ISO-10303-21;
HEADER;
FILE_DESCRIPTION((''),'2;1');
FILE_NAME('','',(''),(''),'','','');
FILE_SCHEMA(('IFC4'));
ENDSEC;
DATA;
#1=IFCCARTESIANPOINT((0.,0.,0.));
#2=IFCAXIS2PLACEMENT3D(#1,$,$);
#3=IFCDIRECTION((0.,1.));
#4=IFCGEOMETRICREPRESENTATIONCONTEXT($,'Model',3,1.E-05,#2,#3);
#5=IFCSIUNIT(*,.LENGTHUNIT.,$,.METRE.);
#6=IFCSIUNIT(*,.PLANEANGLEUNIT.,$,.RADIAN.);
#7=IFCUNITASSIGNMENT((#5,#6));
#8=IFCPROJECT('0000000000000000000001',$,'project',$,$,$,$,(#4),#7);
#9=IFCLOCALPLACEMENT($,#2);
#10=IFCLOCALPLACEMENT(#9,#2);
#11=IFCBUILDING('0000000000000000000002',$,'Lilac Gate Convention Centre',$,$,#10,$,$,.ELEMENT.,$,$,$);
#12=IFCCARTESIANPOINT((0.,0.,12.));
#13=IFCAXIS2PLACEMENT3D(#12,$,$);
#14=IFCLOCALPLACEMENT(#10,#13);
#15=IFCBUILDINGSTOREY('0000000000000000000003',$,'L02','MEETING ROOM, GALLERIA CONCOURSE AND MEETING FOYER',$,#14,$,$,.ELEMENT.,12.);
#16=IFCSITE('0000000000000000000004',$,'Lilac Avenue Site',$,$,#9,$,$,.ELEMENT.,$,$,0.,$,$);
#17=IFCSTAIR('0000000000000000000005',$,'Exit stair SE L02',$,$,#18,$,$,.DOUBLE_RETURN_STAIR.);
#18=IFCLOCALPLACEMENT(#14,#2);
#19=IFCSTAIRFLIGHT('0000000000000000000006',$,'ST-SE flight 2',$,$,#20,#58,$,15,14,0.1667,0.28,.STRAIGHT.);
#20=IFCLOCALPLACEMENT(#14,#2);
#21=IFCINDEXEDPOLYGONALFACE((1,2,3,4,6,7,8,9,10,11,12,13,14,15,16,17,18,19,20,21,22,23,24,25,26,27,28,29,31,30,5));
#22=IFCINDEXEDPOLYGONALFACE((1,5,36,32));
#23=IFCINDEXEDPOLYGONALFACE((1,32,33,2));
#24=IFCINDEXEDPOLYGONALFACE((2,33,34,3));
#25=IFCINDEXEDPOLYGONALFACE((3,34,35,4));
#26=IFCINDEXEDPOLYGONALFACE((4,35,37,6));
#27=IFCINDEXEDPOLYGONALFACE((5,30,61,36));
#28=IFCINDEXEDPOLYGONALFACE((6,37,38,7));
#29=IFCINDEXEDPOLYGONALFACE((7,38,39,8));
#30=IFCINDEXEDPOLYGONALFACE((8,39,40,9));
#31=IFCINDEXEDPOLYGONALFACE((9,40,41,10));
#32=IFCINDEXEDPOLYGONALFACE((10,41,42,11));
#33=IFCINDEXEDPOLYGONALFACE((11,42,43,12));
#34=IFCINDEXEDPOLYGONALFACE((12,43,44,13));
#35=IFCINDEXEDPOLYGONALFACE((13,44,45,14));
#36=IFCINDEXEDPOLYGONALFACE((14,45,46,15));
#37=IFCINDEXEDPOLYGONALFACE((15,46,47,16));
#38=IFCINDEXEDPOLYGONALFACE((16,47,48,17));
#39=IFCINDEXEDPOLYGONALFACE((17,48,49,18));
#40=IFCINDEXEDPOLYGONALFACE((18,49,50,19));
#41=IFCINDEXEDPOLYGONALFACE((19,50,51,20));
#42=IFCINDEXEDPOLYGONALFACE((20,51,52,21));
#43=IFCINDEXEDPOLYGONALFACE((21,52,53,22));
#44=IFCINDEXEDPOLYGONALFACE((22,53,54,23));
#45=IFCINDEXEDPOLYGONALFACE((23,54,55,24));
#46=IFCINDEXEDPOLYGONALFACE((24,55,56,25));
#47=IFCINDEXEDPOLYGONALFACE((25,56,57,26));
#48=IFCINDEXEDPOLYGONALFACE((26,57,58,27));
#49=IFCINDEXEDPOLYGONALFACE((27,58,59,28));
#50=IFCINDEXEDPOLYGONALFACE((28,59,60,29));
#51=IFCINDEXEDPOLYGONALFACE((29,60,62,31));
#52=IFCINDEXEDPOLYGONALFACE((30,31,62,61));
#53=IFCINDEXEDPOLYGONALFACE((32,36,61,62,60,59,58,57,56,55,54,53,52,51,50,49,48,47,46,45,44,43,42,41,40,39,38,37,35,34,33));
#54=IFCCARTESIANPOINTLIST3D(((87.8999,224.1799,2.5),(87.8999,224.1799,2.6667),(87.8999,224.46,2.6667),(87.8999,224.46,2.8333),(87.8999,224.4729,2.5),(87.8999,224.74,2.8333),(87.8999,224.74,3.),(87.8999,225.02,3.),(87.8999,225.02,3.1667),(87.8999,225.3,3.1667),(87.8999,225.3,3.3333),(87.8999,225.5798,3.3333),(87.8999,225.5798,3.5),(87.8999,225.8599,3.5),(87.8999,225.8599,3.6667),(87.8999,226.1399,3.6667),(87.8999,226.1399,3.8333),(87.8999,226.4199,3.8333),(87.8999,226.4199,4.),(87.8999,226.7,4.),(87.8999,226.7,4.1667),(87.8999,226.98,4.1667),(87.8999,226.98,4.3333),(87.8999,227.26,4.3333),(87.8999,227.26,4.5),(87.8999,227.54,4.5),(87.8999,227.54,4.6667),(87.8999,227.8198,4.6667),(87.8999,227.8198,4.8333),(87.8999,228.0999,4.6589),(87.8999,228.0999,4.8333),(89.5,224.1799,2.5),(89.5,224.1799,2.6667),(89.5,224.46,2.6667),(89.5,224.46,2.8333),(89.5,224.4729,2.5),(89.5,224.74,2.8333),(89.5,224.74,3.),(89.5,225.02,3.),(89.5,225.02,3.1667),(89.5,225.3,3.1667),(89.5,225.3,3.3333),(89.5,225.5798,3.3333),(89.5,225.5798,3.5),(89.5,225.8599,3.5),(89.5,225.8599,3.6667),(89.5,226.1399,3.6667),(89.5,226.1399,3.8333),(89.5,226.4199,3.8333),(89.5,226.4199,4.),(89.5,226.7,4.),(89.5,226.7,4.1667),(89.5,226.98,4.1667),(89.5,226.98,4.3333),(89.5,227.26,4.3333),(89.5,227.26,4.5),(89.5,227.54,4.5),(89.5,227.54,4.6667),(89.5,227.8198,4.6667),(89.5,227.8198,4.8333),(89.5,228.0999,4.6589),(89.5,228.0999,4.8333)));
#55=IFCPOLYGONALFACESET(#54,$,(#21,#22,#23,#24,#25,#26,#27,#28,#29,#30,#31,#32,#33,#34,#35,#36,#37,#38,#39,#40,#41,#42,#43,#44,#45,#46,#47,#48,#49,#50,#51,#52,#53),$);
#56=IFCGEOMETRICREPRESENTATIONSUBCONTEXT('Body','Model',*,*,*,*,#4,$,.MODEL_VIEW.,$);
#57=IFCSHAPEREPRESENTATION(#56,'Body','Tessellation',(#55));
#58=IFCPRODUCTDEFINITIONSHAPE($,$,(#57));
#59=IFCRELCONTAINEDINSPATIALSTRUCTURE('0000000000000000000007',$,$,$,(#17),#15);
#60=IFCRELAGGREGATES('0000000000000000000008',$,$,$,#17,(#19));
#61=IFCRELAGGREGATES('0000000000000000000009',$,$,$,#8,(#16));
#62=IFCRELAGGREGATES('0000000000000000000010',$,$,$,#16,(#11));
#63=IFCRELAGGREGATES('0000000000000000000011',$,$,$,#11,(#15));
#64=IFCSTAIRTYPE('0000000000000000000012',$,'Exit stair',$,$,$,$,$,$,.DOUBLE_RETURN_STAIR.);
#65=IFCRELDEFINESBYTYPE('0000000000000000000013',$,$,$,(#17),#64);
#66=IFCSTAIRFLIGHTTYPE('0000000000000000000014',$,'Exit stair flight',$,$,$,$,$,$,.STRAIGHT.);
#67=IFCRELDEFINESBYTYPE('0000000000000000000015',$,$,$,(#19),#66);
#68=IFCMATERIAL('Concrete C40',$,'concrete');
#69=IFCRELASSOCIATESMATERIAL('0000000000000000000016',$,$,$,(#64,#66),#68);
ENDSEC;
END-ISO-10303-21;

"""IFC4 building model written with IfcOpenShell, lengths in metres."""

from ifc_helpers import new_model, si_unit, direction, frame, origin, place, context, subcontext, project, spatial, polyline, outline, extrude, material, type_object, element, aggregate, save


model = new_model("IFC4")

# Units and contexts
model_context = context("Model", 3, precision=1e-05, world=origin(), true_north=direction((0.0, 1.0)))
body_context = subcontext(model_context, "Body", "Model", "MODEL_VIEW")
ifc_project = project(units=[si_unit("LENGTHUNIT", "METRE"), si_unit("PLANEANGLEUNIT", "RADIAN")], contexts=[model_context])

# Site, building, storey
site_placement = place(None, origin())
site = spatial("IfcSite", under=ifc_project, at=site_placement, Name="Lilac Avenue Site", CompositionType="ELEMENT", RefElevation=0.0)
building_placement = place(site_placement, origin())
building = spatial("IfcBuilding", under=site, at=building_placement, Name="Lilac Gate Convention Centre", CompositionType="ELEMENT")
storey_placement = place(building_placement, frame((0.0, 0.0, 12.0)))
storey = spatial("IfcBuildingStorey", under=building, at=storey_placement, Name="L02", Description="MEETING ROOM, GALLERIA CONCOURSE AND MEETING FOYER", CompositionType="ELEMENT", Elevation=12.0)

# Shared definitions
ifc_material_1 = material(Name="Concrete C40", Category="concrete")

# Stair, stair flight
stair_type = type_object("IfcStairType", Name="Exit stair", PredefinedType="DOUBLE_RETURN_STAIR", material=ifc_material_1)
stair_placement = place(storey_placement, origin())
stair = element("IfcStair", 1, at=stair_placement, inside=storey, type_object=stair_type, Name="Exit stair SE L02", PredefinedType="DOUBLE_RETURN_STAIR")
stair_flight_type = type_object("IfcStairFlightType", Name="Exit stair flight", PredefinedType="STRAIGHT", material=ifc_material_1)
stair_flight_1_placement = place(storey_placement, frame((88.7, 224.1799, 2.5), z_axis=(0.0, 0.0, 1.0), x_axis=(0.0, 1.0, 0.0)))
stair_flight_1 = element("IfcStairFlight", 2, at=stair_flight_1_placement, type_object=stair_flight_type, Name="ST-SE flight 2", NumberOfRisers=15, NumberOfTreads=14, PredefinedType="STRAIGHT", RiserHeight=0.1667, TreadLength=0.28, context=body_context, shape_type="SweptSolid", body=[
    extrude(outline(polyline([(0.0, 0.0), (0.0, 0.1667), (0.28, 0.1667), (0.28, 0.3333), (0.5601, 0.3333), (0.5601, 0.5), (0.8401, 0.5), (0.8401, 0.6667), (1.1201, 0.6667), (1.1201, 0.8333), (1.3999, 0.8333), (1.3999, 1.0), (1.6799, 1.0), (1.6799, 1.1667), (1.96, 1.1667), (1.96, 1.3333), (2.24, 1.3333), (2.24, 1.5), (2.52, 1.5), (2.52, 1.6667), (2.8, 1.6667), (2.8, 1.8333), (3.0801, 1.8333), (3.0801, 2.0), (3.3601, 2.0), (3.3601, 2.1667), (3.6399, 2.1667), (3.6399, 2.3333), (3.9199, 2.3333), (3.9199, 2.5), (3.9199, 2.1589), (0.293, 0.0), (0.0, 0.0)])), frame((0.0, 0.8, 0.0), z_axis=(0.0, -1.0, 0.0), x_axis=(1.0, 0.0, 0.0)), (0.0, 0.0, 1.0), 1.6001),
])
aggregate(stair, [stair_flight_1])

save(model, "model.ifc")
